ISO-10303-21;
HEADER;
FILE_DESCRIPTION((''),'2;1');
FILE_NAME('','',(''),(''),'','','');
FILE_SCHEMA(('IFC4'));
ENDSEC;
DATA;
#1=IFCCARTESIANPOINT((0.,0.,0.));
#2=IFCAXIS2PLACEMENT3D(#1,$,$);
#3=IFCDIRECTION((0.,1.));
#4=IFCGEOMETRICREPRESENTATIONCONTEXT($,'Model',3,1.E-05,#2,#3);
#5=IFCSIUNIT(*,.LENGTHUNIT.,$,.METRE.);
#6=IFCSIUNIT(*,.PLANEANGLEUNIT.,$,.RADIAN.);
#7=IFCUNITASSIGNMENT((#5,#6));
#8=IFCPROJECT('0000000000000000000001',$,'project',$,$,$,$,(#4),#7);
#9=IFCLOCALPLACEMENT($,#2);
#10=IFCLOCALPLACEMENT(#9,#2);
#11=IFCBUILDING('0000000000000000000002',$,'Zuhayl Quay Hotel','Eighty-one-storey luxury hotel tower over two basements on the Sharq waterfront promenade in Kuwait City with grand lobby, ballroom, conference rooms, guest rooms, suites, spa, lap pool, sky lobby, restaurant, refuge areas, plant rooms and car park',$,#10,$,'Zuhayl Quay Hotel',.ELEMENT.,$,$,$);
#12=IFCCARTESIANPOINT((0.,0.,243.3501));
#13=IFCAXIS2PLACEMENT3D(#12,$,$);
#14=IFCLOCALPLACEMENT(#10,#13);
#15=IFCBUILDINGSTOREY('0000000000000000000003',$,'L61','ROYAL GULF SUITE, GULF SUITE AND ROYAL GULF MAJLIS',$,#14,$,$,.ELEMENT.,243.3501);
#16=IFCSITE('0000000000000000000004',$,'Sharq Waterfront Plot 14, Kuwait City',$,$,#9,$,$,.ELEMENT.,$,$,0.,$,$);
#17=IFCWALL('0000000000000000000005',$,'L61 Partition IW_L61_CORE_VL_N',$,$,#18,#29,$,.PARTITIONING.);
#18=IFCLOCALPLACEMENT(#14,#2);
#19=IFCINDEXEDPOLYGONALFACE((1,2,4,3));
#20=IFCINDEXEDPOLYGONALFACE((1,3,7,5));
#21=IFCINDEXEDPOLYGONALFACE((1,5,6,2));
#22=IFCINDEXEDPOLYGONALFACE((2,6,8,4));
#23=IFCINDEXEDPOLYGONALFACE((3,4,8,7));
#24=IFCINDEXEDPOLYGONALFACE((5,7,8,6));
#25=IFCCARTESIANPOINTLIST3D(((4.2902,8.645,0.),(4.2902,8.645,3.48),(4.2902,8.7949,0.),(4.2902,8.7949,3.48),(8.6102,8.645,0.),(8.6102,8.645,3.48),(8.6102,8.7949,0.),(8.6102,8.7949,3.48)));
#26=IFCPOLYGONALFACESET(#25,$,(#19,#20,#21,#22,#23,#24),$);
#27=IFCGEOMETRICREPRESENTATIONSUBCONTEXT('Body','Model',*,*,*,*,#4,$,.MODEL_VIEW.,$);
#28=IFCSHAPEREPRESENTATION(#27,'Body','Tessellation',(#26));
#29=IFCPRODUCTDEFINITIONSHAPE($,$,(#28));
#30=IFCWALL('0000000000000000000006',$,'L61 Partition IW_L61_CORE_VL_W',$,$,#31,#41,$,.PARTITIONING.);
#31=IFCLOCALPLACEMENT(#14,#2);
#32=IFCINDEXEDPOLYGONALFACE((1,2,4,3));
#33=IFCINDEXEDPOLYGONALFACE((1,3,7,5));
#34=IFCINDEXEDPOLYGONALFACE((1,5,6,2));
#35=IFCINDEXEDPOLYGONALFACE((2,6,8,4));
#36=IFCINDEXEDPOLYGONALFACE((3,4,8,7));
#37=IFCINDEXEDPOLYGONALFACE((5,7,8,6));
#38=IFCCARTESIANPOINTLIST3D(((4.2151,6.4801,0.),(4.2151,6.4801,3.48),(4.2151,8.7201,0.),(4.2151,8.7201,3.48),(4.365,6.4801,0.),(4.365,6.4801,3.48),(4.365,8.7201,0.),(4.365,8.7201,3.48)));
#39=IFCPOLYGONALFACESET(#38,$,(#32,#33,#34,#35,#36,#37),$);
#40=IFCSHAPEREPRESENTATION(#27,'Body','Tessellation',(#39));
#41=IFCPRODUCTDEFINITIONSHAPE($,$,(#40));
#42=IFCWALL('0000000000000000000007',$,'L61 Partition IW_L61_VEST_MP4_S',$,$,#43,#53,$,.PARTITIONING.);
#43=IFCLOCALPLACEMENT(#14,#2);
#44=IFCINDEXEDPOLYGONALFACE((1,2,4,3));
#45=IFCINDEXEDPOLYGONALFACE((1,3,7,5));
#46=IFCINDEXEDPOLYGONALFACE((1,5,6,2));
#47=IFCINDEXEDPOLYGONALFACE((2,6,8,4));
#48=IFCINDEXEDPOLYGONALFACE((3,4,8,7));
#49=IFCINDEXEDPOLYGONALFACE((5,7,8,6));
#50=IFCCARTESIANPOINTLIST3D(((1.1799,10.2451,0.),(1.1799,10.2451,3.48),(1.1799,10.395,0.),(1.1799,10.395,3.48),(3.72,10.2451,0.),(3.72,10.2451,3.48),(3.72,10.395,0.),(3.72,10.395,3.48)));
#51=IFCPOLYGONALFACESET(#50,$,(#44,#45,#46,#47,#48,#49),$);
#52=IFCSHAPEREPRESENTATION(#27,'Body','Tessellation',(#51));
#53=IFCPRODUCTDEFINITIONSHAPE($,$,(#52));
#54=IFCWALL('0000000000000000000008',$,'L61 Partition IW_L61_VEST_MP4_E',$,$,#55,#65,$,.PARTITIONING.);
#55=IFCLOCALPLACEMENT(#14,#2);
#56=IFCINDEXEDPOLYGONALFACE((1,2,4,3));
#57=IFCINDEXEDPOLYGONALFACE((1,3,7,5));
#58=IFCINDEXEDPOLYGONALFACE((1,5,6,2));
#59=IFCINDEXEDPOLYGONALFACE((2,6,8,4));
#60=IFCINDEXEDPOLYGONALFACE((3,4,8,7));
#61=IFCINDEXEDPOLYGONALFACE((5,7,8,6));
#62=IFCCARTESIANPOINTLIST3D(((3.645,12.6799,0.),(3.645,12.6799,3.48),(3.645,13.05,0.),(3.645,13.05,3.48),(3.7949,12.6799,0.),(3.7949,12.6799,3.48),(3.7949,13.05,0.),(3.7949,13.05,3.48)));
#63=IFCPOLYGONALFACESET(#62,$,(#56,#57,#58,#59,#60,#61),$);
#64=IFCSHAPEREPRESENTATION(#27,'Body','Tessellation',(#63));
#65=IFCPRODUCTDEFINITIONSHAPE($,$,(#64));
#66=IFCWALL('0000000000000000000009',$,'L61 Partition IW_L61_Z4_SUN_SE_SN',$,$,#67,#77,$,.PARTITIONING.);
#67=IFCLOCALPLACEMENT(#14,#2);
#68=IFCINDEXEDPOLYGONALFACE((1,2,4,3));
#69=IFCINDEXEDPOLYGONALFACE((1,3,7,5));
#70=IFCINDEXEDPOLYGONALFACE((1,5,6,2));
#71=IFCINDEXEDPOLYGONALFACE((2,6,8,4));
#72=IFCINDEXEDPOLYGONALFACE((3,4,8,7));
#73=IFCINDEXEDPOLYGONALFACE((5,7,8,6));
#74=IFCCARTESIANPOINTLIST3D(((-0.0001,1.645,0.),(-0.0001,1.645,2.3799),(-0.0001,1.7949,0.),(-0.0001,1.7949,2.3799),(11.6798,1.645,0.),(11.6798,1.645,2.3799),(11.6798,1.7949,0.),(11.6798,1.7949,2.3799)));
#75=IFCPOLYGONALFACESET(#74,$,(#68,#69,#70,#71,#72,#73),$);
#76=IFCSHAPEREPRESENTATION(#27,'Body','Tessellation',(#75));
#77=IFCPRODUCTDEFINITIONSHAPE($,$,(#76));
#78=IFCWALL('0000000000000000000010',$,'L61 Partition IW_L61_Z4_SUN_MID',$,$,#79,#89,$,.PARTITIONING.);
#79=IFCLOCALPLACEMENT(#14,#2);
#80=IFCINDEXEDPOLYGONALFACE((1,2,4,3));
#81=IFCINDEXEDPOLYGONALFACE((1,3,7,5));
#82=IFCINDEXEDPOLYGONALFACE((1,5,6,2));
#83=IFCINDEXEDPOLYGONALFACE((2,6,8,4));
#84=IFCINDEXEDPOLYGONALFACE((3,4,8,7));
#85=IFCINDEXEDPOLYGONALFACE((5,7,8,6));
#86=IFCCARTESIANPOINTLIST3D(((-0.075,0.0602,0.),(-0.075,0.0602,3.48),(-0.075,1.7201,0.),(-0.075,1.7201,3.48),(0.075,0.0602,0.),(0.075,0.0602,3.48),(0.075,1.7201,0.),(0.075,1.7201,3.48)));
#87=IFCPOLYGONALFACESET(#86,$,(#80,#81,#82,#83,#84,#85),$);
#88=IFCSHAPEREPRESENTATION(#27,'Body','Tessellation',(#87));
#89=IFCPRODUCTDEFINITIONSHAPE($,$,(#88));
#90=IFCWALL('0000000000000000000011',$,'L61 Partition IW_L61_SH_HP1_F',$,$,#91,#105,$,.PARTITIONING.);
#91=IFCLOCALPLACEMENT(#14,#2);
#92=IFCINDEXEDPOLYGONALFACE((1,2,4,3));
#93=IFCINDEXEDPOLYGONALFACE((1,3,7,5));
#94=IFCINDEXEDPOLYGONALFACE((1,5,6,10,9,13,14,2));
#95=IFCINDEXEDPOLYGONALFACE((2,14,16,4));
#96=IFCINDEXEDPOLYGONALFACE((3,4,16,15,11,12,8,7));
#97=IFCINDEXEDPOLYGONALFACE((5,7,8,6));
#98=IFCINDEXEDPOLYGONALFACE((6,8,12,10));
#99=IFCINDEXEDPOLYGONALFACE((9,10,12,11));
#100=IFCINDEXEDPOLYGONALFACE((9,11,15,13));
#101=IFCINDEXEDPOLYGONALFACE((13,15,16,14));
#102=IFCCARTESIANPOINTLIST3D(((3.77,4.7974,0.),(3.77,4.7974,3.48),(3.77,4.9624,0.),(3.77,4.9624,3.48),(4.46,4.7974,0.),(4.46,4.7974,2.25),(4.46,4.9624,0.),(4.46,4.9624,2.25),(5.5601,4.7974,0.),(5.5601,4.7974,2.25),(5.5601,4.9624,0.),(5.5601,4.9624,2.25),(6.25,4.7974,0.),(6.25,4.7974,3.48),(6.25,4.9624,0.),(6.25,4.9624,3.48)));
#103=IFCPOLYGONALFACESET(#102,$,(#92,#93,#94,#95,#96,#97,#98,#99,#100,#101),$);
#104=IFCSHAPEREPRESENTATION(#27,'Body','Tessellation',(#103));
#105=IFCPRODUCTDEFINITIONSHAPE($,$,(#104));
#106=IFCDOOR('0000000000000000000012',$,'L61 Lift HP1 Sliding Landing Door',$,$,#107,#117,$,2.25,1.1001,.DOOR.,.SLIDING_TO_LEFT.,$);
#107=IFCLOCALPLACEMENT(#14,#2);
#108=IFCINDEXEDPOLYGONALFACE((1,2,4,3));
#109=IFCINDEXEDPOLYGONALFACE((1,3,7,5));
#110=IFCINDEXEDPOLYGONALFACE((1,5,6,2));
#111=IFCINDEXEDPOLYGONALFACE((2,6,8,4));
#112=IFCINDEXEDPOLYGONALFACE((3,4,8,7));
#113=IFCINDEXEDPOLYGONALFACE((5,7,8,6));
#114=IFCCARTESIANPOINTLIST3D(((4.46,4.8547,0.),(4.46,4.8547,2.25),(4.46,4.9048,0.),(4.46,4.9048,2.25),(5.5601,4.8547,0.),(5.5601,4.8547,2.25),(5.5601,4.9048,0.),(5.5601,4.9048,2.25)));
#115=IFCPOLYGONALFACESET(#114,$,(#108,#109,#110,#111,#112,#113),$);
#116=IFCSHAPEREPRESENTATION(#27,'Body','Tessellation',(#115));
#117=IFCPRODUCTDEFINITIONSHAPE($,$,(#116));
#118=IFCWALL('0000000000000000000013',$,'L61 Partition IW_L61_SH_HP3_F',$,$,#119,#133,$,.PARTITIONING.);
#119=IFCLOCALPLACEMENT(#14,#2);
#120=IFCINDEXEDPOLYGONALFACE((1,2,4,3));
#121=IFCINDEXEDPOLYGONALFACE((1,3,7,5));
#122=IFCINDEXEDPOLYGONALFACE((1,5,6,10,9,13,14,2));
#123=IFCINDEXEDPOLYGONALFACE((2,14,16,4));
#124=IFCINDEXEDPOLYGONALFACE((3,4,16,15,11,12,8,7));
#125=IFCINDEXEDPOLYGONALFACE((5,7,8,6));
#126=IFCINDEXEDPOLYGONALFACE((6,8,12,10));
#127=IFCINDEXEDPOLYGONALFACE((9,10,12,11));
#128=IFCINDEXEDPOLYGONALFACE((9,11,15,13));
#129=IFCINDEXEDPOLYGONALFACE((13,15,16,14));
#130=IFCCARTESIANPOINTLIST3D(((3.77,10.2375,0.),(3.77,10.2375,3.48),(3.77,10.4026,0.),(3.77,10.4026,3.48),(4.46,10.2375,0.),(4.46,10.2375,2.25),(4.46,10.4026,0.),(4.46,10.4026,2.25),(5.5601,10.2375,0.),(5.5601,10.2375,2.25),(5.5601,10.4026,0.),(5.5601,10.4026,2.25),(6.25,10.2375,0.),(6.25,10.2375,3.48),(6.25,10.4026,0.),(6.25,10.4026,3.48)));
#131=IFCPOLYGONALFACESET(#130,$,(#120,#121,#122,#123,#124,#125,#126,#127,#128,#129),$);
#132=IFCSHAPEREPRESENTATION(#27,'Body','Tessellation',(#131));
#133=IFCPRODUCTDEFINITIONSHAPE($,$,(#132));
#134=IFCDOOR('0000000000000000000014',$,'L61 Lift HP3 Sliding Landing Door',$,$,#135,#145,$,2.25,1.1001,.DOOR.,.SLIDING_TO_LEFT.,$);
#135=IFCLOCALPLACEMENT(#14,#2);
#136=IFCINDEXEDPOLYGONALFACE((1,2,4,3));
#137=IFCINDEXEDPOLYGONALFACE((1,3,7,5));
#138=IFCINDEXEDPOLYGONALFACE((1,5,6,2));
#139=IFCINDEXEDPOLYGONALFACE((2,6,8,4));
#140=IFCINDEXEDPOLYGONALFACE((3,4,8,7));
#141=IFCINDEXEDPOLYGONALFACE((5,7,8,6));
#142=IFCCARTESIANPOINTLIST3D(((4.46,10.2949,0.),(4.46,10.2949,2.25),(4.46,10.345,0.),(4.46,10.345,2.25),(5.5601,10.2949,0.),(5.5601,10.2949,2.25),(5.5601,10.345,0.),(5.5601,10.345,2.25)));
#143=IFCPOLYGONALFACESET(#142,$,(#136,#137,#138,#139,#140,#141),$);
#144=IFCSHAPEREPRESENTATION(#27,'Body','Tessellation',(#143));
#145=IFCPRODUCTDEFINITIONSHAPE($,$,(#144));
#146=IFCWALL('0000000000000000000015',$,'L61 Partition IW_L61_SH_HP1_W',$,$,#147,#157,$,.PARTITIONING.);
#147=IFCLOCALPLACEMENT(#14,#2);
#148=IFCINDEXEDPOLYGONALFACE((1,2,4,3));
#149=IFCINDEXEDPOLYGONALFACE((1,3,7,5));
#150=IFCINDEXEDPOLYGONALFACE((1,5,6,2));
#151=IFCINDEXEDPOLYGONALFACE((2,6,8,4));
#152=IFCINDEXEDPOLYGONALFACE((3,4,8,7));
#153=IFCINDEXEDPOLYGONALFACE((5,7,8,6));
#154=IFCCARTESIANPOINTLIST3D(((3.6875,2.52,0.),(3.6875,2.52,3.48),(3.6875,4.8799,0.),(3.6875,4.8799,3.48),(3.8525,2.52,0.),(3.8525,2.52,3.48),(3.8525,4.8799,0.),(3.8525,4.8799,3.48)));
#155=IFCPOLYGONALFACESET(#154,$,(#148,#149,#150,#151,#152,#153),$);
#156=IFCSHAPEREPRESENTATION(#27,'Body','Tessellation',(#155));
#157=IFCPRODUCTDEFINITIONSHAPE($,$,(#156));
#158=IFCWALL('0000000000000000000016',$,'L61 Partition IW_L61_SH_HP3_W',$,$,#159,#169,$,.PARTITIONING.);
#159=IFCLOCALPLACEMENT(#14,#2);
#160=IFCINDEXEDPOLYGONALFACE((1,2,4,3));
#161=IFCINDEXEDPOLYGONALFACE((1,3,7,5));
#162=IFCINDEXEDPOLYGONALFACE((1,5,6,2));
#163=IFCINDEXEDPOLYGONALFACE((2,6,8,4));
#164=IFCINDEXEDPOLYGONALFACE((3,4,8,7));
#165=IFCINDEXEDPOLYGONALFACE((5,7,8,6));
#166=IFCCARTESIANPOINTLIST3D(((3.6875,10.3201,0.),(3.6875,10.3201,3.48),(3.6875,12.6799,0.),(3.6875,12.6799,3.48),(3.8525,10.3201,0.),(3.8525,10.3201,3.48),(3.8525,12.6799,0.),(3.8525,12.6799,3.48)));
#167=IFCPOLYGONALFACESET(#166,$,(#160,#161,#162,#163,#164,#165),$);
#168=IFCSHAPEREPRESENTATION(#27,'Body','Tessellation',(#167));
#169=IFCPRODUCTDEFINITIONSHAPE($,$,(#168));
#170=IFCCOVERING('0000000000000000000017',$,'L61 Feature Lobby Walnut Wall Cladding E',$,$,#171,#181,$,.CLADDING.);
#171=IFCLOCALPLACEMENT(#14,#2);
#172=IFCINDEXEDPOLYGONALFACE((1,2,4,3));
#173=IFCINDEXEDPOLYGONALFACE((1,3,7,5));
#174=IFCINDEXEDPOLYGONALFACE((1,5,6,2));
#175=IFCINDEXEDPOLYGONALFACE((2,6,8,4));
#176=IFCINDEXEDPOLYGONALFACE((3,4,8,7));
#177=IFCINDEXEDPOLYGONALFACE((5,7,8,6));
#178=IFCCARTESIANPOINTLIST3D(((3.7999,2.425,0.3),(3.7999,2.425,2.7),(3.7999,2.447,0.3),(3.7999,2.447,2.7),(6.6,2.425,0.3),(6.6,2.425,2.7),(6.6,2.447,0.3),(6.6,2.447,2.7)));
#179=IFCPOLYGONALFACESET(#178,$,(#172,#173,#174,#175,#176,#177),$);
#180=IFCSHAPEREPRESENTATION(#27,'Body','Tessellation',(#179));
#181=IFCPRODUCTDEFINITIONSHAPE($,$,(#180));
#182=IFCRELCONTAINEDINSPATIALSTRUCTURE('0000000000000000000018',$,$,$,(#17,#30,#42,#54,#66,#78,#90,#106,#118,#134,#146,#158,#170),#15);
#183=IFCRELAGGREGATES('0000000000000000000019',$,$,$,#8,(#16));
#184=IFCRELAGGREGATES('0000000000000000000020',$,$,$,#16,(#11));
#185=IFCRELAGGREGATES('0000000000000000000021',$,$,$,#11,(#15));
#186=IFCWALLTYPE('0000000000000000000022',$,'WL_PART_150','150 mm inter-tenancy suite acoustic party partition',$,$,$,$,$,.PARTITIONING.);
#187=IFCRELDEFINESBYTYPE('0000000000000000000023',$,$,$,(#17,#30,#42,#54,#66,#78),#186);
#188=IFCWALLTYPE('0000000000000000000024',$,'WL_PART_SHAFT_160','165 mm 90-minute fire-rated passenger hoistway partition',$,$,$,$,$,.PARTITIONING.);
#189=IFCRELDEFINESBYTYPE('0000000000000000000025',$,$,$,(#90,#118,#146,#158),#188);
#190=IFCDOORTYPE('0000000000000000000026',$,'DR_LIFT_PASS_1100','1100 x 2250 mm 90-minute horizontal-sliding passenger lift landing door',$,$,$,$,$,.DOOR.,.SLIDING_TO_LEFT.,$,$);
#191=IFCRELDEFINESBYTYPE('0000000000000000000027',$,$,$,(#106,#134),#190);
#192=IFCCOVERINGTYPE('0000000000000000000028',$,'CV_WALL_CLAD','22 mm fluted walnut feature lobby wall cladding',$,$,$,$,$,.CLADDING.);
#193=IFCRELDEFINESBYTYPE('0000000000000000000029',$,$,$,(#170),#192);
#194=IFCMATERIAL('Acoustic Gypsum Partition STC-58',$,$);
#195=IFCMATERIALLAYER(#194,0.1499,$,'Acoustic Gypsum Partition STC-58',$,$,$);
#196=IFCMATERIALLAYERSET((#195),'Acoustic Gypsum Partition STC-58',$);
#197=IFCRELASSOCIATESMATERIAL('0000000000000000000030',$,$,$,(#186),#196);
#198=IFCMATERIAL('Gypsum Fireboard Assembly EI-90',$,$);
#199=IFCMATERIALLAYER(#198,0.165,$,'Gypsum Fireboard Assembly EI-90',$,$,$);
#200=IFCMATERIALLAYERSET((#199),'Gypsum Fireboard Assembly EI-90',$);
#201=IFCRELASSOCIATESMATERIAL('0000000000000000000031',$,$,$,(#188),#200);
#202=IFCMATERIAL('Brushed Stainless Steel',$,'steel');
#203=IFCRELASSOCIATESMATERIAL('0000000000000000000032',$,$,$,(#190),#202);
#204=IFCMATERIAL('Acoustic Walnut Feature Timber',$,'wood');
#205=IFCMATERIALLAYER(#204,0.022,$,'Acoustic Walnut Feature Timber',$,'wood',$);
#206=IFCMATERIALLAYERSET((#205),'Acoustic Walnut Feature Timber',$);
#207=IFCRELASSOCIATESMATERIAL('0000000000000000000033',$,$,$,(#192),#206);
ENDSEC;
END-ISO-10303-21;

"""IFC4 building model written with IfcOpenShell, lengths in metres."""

from ifc_helpers import new_model, si_unit, direction, frame, frame_2d, origin, origin_2d, place, context, subcontext, project, spatial, rectangle, extrude, material, layer, layer_set, type_object, element, fill, save


model = new_model("IFC4")

# Units and contexts
model_context = context("Model", 3, precision=1e-05, world=origin(), true_north=direction((0.0, 1.0)))
body_context = subcontext(model_context, "Body", "Model", "MODEL_VIEW")
ifc_project = project(units=[si_unit("LENGTHUNIT", "METRE"), si_unit("PLANEANGLEUNIT", "RADIAN")], contexts=[model_context])

# Site, building, storey
site_placement = place(None, origin())
site = spatial("IfcSite", under=ifc_project, at=site_placement, Name="Sharq Waterfront Plot 14, Kuwait City", CompositionType="ELEMENT", RefElevation=0.0)
building_placement = place(site_placement, origin())
building = spatial("IfcBuilding", under=site, at=building_placement, Name="Zuhayl Quay Hotel", Description="Eighty-one-storey luxury hotel tower over two basements on the Sharq waterfront promenade in Kuwait City with grand lobby, ballroom, conference rooms, guest rooms, suites, spa, lap pool, sky lobby, restaurant, refuge areas, plant rooms and car park", LongName="Zuhayl Quay Hotel", CompositionType="ELEMENT")
storey_placement = place(building_placement, frame((0.0, 0.0, 243.3501)))
storey = spatial("IfcBuildingStorey", under=building, at=storey_placement, Name="L61", Description="ROYAL GULF SUITE, GULF SUITE AND ROYAL GULF MAJLIS", CompositionType="ELEMENT", Elevation=243.3501)

# Shared definitions
ifc_material_1 = material(Name="Acoustic Gypsum Partition STC-58")
ifc_layer_1 = layer(ifc_material_1, 0.1499, Name="Acoustic Gypsum Partition STC-58")
ifc_layer_set_1 = layer_set([ifc_layer_1], Name="Acoustic Gypsum Partition STC-58")
wall_type_1 = type_object("IfcWallType", Name="WL_PART_150", Description="150 mm inter-tenancy suite acoustic party partition", PredefinedType="PARTITIONING", material=ifc_layer_set_1)

# Walls
wall_1_placement = place(storey_placement, frame((4.29, 8.72, 0.0), z_axis=(0.0, 0.0, 1.0), x_axis=(1.0, 0.0, 0.0)))
element("IfcWall", 1, at=wall_1_placement, inside=storey, type_object=wall_type_1, Name="L61 Partition IW_L61_CORE_VL_N", PredefinedType="PARTITIONING", context=body_context, shape_type="SweptSolid", body=[
    extrude(rectangle(XDim=4.3201, YDim=0.1499, at=frame_2d((2.1602, 0.0))), origin(), (0.0, 0.0, 1.0), 3.48),
])
wall_2_placement = place(storey_placement, frame((4.29, 6.48, 0.0), z_axis=(0.0, 0.0, 1.0), x_axis=(0.0, 1.0, 0.0)))
element("IfcWall", 2, at=wall_2_placement, inside=storey, type_object=wall_type_1, Name="L61 Partition IW_L61_CORE_VL_W", PredefinedType="PARTITIONING", context=body_context, shape_type="SweptSolid", body=[
    extrude(rectangle(XDim=2.24, YDim=0.1499, at=frame_2d((1.1201, 0.0))), origin(), (0.0, 0.0, 1.0), 3.48),
])
wall_3_placement = place(storey_placement, frame((1.1799, 10.3201, 0.0), z_axis=(0.0, 0.0, 1.0), x_axis=(1.0, 0.0, 0.0)))
element("IfcWall", 3, at=wall_3_placement, inside=storey, type_object=wall_type_1, Name="L61 Partition IW_L61_VEST_MP4_S", PredefinedType="PARTITIONING", context=body_context, shape_type="SweptSolid", body=[
    extrude(rectangle(XDim=2.54, YDim=0.1499, at=frame_2d((1.27, 0.0))), origin(), (0.0, 0.0, 1.0), 3.48),
])
wall_4_placement = place(storey_placement, frame((3.72, 12.6799, 0.0), z_axis=(0.0, 0.0, 1.0), x_axis=(0.0, 1.0, 0.0)))
element("IfcWall", 4, at=wall_4_placement, inside=storey, type_object=wall_type_1, Name="L61 Partition IW_L61_VEST_MP4_E", PredefinedType="PARTITIONING", context=body_context, shape_type="SweptSolid", body=[
    extrude(rectangle(XDim=0.3701, YDim=0.1499, at=frame_2d((0.1851, 0.0))), origin(), (0.0, 0.0, 1.0), 3.48),
])
wall_5_placement = place(storey_placement, frame((0.0, 1.72, 0.0), z_axis=(0.0, 0.0, 1.0), x_axis=(1.0, 0.0, 0.0)))
element("IfcWall", 5, at=wall_5_placement, inside=storey, type_object=wall_type_1, Name="L61 Partition IW_L61_Z4_SUN_SE_SN", PredefinedType="PARTITIONING", context=body_context, shape_type="SweptSolid", body=[
    extrude(rectangle(XDim=11.6799, YDim=0.1499, at=frame_2d((5.8398, 0.0))), origin(), (0.0, 0.0, 1.0), 2.3799),
])
wall_6_placement = place(storey_placement, frame((0.0, 0.0601, 0.0), z_axis=(0.0, 0.0, 1.0), x_axis=(0.0, 1.0, 0.0)))
element("IfcWall", 6, at=wall_6_placement, inside=storey, type_object=wall_type_1, Name="L61 Partition IW_L61_Z4_SUN_MID", PredefinedType="PARTITIONING", context=body_context, shape_type="SweptSolid", body=[
    extrude(rectangle(XDim=1.6599, YDim=0.1499, at=frame_2d((0.8301, 0.0))), origin(), (0.0, 0.0, 1.0), 3.48),
])

# Walls, openings, doors
ifc_material_2 = material(Name="Gypsum Fireboard Assembly EI-90")
ifc_layer_2 = layer(ifc_material_2, 0.165, Name="Gypsum Fireboard Assembly EI-90")
ifc_layer_set_2 = layer_set([ifc_layer_2], Name="Gypsum Fireboard Assembly EI-90")
wall_type_2 = type_object("IfcWallType", Name="WL_PART_SHAFT_160", Description="165 mm 90-minute fire-rated passenger hoistway partition", PredefinedType="PARTITIONING", material=ifc_layer_set_2)
wall_7_placement = place(storey_placement, frame((3.77, 4.8799, 0.0), z_axis=(0.0, 0.0, 1.0), x_axis=(1.0, 0.0, 0.0)))
wall_7 = element("IfcWall", 7, at=wall_7_placement, inside=storey, type_object=wall_type_2, Name="L61 Partition IW_L61_SH_HP1_F", PredefinedType="PARTITIONING", context=body_context, shape_type="SweptSolid", body=[
    extrude(rectangle(XDim=2.48, YDim=0.165, at=frame_2d((1.24, 0.0))), origin(), (0.0, 0.0, 1.0), 3.48),
])
opening_1_placement = place(wall_7_placement, frame((0.6899, 0.0, 0.0)))
opening_1 = element("IfcOpeningElement", 8, at=opening_1_placement, cuts=wall_7, PredefinedType="OPENING", context=body_context, shape_type="SweptSolid", body=[
    extrude(rectangle(XDim=1.1001, YDim=2.25, at=frame_2d((0.55, 1.125))), frame((0.0, 0.0925, 0.0), z_axis=(0.0, -1.0, 0.0), x_axis=(1.0, 0.0, 0.0)), (0.0, 0.0, 1.0), 0.1851),
])
ifc_material_3 = material(Name="Brushed Stainless Steel", Category="steel")
door_type_1 = type_object("IfcDoorType", Name="DR_LIFT_PASS_1100", Description="1100 x 2250 mm 90-minute horizontal-sliding passenger lift landing door", OperationType="SLIDING_TO_LEFT", PredefinedType="DOOR", material=ifc_material_3)
door_1_placement = place(opening_1_placement, origin())
door_1 = element("IfcDoor", 9, at=door_1_placement, inside=storey, type_object=door_type_1, Name="L61 Lift HP1 Sliding Landing Door", OperationType="SLIDING_TO_LEFT", OverallHeight=2.25, OverallWidth=1.1001, PredefinedType="DOOR", context=body_context, shape_type="SweptSolid", body=[
    extrude(rectangle(XDim=1.1001, YDim=2.25, at=frame_2d((0.55, 1.125))), frame((0.0, 0.0249, 0.0), z_axis=(0.0, -1.0, 0.0), x_axis=(1.0, 0.0, 0.0)), (0.0, 0.0, 1.0), 0.05),
])
fill(opening_1, door_1)
wall_8_placement = place(storey_placement, frame((3.77, 10.3201, 0.0), z_axis=(0.0, 0.0, 1.0), x_axis=(1.0, 0.0, 0.0)))
wall_8 = element("IfcWall", 10, at=wall_8_placement, inside=storey, type_object=wall_type_2, Name="L61 Partition IW_L61_SH_HP3_F", PredefinedType="PARTITIONING", context=body_context, shape_type="SweptSolid", body=[
    extrude(rectangle(XDim=2.48, YDim=0.165, at=frame_2d((1.24, 0.0))), origin(), (0.0, 0.0, 1.0), 3.48),
])
opening_2_placement = place(wall_8_placement, frame((0.6899, 0.0, 0.0)))
opening_2 = element("IfcOpeningElement", 11, at=opening_2_placement, cuts=wall_8, PredefinedType="OPENING", context=body_context, shape_type="SweptSolid", body=[
    extrude(rectangle(XDim=1.1001, YDim=2.25, at=frame_2d((0.55, 1.125))), frame((0.0, 0.0925, 0.0), z_axis=(0.0, -1.0, 0.0), x_axis=(1.0, 0.0, 0.0)), (0.0, 0.0, 1.0), 0.1851),
])
door_2_placement = place(opening_2_placement, origin())
door_2 = element("IfcDoor", 12, at=door_2_placement, inside=storey, type_object=door_type_1, Name="L61 Lift HP3 Sliding Landing Door", OperationType="SLIDING_TO_LEFT", OverallHeight=2.25, OverallWidth=1.1001, PredefinedType="DOOR", context=body_context, shape_type="SweptSolid", body=[
    extrude(rectangle(XDim=1.1001, YDim=2.25, at=frame_2d((0.55, 1.125))), frame((0.0, 0.0249, 0.0), z_axis=(0.0, -1.0, 0.0), x_axis=(1.0, 0.0, 0.0)), (0.0, 0.0, 1.0), 0.05),
])
fill(opening_2, door_2)

# Walls
for number, where, z_axis, x_axis, name in (
    (13, (3.77, 2.52, 0.0), (0.0, 0.0, 1.0), (0.0, 1.0, 0.0), "L61 Partition IW_L61_SH_HP1_W"),
    (14, (3.77, 10.3201, 0.0), (0.0, 0.0, 1.0), (0.0, 1.0, 0.0), "L61 Partition IW_L61_SH_HP3_W"),
):
    element("IfcWall", number, at=place(storey_placement, frame(where, z_axis=z_axis, x_axis=x_axis)), inside=storey, type_object=wall_type_2, Name=name, PredefinedType="PARTITIONING", context=body_context, shape_type="SweptSolid", body=[
        extrude(rectangle(XDim=2.3599, YDim=0.165, at=frame_2d((1.1799, 0.0))), origin(), (0.0, 0.0, 1.0), 3.48),
    ])

# Covering
ifc_material_4 = material(Name="Acoustic Walnut Feature Timber", Category="wood")
ifc_layer_3 = layer(ifc_material_4, 0.022, Name="Acoustic Walnut Feature Timber", Category="wood")
ifc_layer_set_3 = layer_set([ifc_layer_3], Name="Acoustic Walnut Feature Timber")
covering_type = type_object("IfcCoveringType", Name="CV_WALL_CLAD", Description="22 mm fluted walnut feature lobby wall cladding", PredefinedType="CLADDING", material=ifc_layer_set_3)
covering_placement = place(storey_placement, frame((5.2, 2.436, 0.3), z_axis=(0.0, 0.0, 1.0), x_axis=(1.0, 0.0, 0.0)))
element("IfcCovering", 15, at=covering_placement, inside=storey, type_object=covering_type, Name="L61 Feature Lobby Walnut Wall Cladding E", PredefinedType="CLADDING", context=body_context, shape_type="SweptSolid", body=[
    extrude(rectangle(XDim=2.8, YDim=0.022, at=origin_2d()), origin(), (0.0, 0.0, 1.0), 2.3999),
])

save(model, "model.ifc")
